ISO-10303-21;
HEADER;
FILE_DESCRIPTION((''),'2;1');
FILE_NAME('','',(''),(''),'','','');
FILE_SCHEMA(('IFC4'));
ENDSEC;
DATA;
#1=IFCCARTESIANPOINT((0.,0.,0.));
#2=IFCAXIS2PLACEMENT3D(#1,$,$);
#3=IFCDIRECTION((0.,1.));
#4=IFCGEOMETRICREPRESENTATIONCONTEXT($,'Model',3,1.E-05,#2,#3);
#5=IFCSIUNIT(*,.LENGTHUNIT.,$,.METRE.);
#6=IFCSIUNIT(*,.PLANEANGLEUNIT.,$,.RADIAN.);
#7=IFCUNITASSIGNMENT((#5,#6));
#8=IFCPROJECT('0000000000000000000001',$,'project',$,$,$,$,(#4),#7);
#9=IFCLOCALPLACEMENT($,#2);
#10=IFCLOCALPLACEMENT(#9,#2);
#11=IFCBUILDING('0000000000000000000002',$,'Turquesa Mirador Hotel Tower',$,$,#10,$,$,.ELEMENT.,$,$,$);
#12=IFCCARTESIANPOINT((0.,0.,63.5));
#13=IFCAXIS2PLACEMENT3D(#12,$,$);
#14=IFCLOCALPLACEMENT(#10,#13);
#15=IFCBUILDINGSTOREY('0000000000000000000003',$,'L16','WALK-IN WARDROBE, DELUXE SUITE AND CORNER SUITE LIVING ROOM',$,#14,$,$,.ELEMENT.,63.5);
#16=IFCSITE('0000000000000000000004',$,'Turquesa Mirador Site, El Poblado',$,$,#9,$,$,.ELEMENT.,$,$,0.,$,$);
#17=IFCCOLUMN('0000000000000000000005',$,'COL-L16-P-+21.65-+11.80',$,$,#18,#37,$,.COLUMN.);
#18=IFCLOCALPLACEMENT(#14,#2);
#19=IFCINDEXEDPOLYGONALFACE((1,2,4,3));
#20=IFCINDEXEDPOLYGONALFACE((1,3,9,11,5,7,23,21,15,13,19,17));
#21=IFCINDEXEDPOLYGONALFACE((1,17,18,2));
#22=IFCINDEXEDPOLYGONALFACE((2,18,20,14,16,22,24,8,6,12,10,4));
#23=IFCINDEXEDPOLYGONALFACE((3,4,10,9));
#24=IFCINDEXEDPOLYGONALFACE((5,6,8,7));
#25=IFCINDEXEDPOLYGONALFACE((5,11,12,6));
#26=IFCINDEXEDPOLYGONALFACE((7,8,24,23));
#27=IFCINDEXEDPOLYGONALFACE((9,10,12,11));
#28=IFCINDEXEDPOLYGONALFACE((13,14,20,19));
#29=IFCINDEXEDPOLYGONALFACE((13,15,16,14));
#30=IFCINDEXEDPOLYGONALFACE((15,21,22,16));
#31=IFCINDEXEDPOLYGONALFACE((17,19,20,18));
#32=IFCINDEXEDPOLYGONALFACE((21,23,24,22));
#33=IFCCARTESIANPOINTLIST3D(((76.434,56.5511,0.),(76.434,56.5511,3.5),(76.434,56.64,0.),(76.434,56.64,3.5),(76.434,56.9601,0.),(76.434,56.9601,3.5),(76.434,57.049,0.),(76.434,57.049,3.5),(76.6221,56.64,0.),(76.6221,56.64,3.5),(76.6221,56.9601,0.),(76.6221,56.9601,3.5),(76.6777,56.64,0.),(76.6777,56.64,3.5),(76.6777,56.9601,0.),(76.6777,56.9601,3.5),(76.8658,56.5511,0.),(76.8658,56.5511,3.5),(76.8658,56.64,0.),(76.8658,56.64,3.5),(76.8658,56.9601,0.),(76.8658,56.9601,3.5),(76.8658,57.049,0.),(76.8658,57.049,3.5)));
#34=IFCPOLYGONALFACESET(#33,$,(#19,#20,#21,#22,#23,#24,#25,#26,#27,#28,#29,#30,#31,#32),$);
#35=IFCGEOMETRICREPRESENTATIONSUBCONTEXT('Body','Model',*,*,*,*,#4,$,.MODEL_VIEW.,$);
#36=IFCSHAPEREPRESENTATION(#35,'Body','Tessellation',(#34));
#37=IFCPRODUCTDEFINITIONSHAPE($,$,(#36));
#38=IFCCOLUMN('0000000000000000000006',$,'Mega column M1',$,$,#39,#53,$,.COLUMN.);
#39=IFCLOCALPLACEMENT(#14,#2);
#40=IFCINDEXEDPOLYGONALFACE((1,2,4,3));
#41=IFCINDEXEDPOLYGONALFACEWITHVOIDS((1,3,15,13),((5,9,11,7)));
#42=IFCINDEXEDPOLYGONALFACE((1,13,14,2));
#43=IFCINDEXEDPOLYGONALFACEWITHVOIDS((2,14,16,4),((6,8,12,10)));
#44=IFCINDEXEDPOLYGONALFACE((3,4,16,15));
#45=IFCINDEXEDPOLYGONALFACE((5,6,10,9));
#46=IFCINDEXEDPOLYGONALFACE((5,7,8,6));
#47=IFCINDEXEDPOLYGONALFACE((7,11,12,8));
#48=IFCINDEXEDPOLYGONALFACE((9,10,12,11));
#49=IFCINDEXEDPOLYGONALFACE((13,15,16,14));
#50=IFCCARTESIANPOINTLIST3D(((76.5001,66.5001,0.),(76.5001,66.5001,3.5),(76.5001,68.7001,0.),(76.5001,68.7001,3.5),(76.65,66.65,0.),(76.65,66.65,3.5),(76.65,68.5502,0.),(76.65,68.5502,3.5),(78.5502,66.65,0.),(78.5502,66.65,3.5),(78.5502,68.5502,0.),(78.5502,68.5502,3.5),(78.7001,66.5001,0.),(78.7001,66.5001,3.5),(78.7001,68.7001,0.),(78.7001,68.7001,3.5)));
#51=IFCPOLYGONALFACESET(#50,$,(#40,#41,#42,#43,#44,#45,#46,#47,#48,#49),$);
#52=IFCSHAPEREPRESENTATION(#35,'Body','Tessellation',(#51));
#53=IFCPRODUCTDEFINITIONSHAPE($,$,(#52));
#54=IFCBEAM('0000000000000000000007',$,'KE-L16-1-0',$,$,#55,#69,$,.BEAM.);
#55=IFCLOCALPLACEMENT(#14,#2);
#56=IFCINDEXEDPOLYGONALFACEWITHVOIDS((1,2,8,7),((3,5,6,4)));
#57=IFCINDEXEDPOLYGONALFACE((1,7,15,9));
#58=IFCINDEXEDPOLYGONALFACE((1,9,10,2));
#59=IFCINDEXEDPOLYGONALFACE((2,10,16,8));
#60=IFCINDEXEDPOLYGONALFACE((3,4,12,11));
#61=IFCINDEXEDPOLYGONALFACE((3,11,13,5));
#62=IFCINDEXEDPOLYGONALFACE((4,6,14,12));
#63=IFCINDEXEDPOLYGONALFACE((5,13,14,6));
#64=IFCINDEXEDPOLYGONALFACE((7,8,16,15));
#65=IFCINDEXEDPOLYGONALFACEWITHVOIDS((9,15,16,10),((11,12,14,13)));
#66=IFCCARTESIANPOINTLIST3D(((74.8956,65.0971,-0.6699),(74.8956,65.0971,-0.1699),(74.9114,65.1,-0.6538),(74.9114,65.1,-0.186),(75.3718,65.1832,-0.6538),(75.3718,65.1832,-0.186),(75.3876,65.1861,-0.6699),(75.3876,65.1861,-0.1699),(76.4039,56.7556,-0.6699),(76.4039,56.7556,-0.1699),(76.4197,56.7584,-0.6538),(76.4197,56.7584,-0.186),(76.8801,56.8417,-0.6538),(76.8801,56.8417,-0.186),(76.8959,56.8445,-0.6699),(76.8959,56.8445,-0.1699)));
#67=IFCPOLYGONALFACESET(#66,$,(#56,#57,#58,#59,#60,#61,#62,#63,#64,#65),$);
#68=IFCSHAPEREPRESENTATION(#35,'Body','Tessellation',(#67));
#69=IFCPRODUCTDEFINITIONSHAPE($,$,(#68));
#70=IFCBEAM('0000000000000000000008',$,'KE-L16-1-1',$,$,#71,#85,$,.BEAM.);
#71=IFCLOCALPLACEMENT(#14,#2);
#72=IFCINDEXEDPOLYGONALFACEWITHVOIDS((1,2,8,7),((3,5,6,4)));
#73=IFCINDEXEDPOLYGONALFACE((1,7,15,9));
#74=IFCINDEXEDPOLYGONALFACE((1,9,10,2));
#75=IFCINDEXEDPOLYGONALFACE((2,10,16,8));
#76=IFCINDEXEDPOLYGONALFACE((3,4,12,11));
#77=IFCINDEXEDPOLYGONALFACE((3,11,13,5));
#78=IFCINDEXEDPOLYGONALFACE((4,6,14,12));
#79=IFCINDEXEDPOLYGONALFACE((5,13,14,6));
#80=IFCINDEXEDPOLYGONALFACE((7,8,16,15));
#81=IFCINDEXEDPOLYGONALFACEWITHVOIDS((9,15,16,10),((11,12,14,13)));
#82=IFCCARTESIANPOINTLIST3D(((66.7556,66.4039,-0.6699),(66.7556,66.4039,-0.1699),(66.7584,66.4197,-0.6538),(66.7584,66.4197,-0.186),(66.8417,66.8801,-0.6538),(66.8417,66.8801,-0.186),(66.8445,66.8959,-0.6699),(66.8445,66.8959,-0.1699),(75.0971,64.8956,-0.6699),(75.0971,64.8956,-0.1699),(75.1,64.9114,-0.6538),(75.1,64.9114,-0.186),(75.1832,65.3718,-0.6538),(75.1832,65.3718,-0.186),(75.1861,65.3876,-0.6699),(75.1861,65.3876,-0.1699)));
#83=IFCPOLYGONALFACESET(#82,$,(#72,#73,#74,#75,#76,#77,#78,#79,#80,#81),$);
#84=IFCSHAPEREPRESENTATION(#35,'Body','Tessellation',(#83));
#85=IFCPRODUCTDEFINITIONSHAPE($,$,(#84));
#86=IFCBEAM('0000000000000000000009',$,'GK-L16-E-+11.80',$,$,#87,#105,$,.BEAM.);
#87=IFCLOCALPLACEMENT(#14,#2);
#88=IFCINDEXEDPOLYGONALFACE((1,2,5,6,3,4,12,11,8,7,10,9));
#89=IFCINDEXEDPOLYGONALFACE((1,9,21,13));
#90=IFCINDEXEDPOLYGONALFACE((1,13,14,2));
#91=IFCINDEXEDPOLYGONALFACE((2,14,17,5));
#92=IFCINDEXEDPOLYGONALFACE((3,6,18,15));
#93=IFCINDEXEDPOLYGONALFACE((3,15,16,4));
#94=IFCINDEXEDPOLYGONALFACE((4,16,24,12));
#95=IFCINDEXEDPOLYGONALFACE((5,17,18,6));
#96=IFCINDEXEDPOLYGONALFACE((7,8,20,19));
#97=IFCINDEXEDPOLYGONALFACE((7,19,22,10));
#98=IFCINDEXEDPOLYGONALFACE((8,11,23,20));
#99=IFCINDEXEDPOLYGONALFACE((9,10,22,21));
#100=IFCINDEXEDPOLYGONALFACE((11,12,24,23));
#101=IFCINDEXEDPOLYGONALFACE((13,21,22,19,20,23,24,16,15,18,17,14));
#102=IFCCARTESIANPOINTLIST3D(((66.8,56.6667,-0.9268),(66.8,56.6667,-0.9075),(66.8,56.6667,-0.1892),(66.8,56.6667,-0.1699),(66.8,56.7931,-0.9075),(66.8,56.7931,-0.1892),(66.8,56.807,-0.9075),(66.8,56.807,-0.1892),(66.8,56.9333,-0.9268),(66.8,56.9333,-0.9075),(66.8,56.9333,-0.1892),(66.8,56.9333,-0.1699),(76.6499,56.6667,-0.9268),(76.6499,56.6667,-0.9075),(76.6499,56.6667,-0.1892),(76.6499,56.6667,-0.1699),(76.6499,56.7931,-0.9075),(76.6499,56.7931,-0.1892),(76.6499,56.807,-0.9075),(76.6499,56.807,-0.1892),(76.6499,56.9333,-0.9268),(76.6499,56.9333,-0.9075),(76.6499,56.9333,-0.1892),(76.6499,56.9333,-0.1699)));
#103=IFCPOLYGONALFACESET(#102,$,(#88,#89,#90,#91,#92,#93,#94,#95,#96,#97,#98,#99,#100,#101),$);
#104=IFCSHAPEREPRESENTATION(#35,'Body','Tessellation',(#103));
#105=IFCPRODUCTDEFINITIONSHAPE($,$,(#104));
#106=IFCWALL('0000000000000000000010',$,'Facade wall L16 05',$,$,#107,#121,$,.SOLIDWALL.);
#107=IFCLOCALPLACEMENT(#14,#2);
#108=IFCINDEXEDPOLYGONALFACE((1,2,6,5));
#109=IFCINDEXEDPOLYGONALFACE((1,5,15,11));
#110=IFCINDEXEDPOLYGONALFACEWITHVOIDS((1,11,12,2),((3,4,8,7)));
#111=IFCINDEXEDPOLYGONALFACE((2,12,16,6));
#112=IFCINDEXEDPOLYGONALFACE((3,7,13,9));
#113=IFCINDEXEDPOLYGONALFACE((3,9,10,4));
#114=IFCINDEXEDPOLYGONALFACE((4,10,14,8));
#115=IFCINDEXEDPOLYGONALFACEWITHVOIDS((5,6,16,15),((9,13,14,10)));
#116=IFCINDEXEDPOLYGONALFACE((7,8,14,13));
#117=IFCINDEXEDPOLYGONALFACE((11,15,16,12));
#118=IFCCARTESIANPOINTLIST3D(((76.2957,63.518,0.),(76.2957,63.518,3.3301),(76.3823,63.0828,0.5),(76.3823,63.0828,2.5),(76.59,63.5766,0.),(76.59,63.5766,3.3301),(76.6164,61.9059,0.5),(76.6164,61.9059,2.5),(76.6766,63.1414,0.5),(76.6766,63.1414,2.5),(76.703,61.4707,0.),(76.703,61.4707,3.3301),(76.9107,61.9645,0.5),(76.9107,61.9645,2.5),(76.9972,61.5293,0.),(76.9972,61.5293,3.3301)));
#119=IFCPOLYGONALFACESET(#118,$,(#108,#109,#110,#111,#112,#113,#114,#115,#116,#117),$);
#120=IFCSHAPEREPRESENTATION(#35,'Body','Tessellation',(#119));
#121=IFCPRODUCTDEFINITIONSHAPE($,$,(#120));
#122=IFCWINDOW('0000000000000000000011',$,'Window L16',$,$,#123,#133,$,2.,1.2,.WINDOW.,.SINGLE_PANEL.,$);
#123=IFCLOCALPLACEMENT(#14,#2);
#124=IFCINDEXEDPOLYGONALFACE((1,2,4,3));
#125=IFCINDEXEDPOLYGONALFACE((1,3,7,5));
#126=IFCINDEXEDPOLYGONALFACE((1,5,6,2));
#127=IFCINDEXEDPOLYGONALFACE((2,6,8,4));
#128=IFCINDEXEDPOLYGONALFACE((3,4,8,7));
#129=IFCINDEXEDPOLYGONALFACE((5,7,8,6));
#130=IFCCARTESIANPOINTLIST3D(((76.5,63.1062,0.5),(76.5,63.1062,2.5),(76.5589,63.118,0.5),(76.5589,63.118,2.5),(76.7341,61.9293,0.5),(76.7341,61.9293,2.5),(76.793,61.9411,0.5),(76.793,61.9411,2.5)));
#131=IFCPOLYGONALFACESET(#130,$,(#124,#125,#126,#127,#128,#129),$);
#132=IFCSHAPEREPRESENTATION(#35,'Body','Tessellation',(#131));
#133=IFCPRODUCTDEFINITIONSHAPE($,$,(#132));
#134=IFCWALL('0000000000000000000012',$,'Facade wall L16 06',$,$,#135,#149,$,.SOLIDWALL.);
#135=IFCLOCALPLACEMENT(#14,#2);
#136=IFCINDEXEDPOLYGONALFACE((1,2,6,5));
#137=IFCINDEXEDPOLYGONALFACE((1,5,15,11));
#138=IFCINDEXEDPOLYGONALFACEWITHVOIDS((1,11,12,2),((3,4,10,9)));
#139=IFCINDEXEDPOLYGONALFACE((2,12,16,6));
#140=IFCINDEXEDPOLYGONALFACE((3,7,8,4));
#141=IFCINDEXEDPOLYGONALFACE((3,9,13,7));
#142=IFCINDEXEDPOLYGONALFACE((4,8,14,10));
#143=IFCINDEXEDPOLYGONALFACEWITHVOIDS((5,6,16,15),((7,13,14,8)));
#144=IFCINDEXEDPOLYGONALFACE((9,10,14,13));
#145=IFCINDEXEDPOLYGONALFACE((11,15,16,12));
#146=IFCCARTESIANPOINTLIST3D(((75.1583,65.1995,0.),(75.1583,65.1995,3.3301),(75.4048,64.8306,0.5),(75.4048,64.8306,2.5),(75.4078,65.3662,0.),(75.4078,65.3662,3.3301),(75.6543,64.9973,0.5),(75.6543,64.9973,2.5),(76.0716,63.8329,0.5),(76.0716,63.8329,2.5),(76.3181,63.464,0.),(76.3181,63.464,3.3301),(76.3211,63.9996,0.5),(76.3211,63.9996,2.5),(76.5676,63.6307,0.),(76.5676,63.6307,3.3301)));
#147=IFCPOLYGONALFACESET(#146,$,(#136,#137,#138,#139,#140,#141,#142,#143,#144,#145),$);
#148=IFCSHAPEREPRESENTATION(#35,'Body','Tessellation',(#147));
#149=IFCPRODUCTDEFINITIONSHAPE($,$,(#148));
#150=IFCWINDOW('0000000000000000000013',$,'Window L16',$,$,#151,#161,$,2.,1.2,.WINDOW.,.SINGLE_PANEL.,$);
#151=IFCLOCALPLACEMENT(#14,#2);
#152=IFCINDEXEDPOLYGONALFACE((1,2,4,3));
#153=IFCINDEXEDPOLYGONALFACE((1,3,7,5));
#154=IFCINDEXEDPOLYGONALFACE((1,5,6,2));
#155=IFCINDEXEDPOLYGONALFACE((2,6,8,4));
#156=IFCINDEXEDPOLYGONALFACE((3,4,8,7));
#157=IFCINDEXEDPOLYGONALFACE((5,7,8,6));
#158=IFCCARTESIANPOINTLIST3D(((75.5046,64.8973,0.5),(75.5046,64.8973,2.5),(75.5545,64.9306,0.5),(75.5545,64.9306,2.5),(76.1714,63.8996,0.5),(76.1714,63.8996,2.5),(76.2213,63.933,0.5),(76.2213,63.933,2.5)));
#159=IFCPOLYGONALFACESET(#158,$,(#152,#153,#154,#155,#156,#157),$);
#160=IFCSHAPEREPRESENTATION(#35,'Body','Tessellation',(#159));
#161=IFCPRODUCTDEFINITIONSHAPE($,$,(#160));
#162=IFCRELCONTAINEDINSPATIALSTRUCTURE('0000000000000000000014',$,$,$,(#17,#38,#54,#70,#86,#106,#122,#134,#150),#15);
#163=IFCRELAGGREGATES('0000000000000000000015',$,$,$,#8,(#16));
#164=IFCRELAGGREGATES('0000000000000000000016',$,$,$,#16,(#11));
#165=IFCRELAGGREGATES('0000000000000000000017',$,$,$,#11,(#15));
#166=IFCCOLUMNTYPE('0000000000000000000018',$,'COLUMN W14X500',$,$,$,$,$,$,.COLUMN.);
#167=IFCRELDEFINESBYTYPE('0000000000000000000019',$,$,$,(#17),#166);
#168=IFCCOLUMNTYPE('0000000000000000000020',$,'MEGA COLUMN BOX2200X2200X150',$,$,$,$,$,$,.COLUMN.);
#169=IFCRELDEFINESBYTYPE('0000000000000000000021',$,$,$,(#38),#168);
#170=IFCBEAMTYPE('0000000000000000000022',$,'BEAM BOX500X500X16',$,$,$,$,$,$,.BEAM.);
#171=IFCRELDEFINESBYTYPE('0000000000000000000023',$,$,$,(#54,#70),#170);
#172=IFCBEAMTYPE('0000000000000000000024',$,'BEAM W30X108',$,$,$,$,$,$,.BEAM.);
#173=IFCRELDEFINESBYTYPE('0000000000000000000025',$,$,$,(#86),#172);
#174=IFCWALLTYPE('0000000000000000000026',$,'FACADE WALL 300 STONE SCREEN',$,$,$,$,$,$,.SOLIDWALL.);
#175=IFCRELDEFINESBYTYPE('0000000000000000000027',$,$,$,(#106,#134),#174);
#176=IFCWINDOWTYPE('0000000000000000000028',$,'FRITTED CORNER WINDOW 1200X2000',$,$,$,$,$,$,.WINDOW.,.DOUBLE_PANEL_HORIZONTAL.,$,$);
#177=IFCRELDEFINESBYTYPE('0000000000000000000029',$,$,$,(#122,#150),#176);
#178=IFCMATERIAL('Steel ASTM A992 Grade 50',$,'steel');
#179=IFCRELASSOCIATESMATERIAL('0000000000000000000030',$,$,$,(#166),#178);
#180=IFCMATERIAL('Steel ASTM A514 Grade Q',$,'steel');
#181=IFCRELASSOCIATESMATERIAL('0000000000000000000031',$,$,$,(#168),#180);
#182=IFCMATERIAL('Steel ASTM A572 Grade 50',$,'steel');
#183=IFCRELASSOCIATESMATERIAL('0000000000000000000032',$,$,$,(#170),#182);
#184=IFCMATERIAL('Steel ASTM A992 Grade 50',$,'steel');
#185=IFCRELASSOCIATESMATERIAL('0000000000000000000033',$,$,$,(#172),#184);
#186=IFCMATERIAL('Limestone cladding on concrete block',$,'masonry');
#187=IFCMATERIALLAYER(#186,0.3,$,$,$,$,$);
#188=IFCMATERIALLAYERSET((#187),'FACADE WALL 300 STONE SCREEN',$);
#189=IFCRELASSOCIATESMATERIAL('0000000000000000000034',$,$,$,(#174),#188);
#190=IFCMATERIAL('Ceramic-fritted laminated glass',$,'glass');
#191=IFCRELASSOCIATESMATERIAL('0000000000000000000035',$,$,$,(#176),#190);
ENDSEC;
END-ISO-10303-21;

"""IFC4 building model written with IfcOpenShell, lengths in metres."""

from ifc_helpers import new_model, si_unit, direction, frame, frame_2d, origin, origin_2d, place, context, subcontext, project, spatial, rectangle, hollow_rectangle, i_section, extrude, material, layer, layer_set, material_profile, profile_set, type_object, element, fill, save


model = new_model("IFC4")

# Units and contexts
model_context = context("Model", 3, precision=1e-05, world=origin(), true_north=direction((0.0, 1.0)))
body_context = subcontext(model_context, "Body", "Model", "MODEL_VIEW")
ifc_project = project(units=[si_unit("LENGTHUNIT", "METRE"), si_unit("PLANEANGLEUNIT", "RADIAN")], contexts=[model_context])

# Site, building, storey
site_placement = place(None, origin())
site = spatial("IfcSite", under=ifc_project, at=site_placement, Name="Turquesa Mirador Site, El Poblado", CompositionType="ELEMENT", RefElevation=0.0)
building_placement = place(site_placement, origin())
building = spatial("IfcBuilding", under=site, at=building_placement, Name="Turquesa Mirador Hotel Tower", CompositionType="ELEMENT")
storey_placement = place(building_placement, frame((0.0, 0.0, 63.5)))
storey = spatial("IfcBuildingStorey", under=building, at=storey_placement, Name="L16", Description="WALK-IN WARDROBE, DELUXE SUITE AND CORNER SUITE LIVING ROOM", CompositionType="ELEMENT", Elevation=63.5)

# Columns
ifc_material_1 = material(Name="Steel ASTM A992 Grade 50", Category="steel")
ifc_material_profile_1 = material_profile(ifc_material_1, i_section(OverallWidth=0.4319, OverallDepth=0.4978, WebThickness=0.0557, FlangeThickness=0.0889, at=origin_2d()), Name="W14X500")
ifc_profile_set_1 = profile_set([ifc_material_profile_1], Name="Steel ASTM A992 Grade 50")
column_type_1 = type_object("IfcColumnType", Name="COLUMN W14X500", PredefinedType="COLUMN", material=ifc_profile_set_1)
column_1_placement = place(storey_placement, frame((76.6499, 56.8, 0.0), z_axis=(0.0, 0.0, 1.0), x_axis=(1.0, 0.0, 0.0)))
element("IfcColumn", 1, at=column_1_placement, inside=storey, type_object=column_type_1, Name="COL-L16-P-+21.65-+11.80", PredefinedType="COLUMN", context=body_context, shape_type="SweptSolid", body=[
    extrude(i_section(OverallWidth=0.4319, OverallDepth=0.4978, WebThickness=0.0557, FlangeThickness=0.0889, at=origin_2d()), origin(), (0.0, 0.0, 1.0), 3.5),
])
ifc_material_2 = material(Name="Steel ASTM A514 Grade Q", Category="steel")
ifc_material_profile_2 = material_profile(ifc_material_2, hollow_rectangle(XDim=2.2, YDim=2.2, WallThickness=0.1499, at=origin_2d()), Name="BOX2200X2200X150")
ifc_profile_set_2 = profile_set([ifc_material_profile_2], Name="Steel ASTM A514 Grade Q")
column_type_2 = type_object("IfcColumnType", Name="MEGA COLUMN BOX2200X2200X150", PredefinedType="COLUMN", material=ifc_profile_set_2)
column_2_placement = place(storey_placement, frame((77.6001, 67.6001, 0.0), z_axis=(0.0, 0.0, 1.0), x_axis=(1.0, 0.0, 0.0)))
element("IfcColumn", 2, at=column_2_placement, inside=storey, type_object=column_type_2, Name="Mega column M1", PredefinedType="COLUMN", context=body_context, shape_type="SweptSolid", body=[
    extrude(hollow_rectangle(XDim=2.2, YDim=2.2, WallThickness=0.1499, at=origin_2d()), origin(), (0.0, 0.0, 1.0), 3.5),
])

# Beams
ifc_material_3 = material(Name="Steel ASTM A572 Grade 50", Category="steel")
ifc_material_profile_3 = material_profile(ifc_material_3, hollow_rectangle(XDim=0.5, YDim=0.5, WallThickness=0.0161, at=origin_2d()), Name="BOX500X500X16")
ifc_profile_set_3 = profile_set([ifc_material_profile_3], Name="Steel ASTM A572 Grade 50")
beam_type_1 = type_object("IfcBeamType", Name="BEAM BOX500X500X16", PredefinedType="BEAM", material=ifc_profile_set_3)
for number, where, z_axis, x_axis, name in (
    (3, (76.6499, 56.8, -0.4199), (-0.177932, 0.984043, 0.0), (-0.984043, -0.177932, 0.0), "KE-L16-1-0"),
    (4, (75.1416, 65.1416, -0.4199), (-0.984043, 0.177932, 0.0), (-0.177932, -0.984043, 0.0), "KE-L16-1-1"),
):
    element("IfcBeam", number, at=place(storey_placement, frame(where, z_axis=z_axis, x_axis=x_axis)), inside=storey, type_object=beam_type_1, Name=name, PredefinedType="BEAM", context=body_context, shape_type="SweptSolid", body=[
        extrude(hollow_rectangle(XDim=0.5, YDim=0.5, WallThickness=0.0161, at=origin_2d()), origin(), (0.0, 0.0, 1.0), 8.4768),
    ])
ifc_material_4 = material(Name="Steel ASTM A992 Grade 50", Category="steel")
ifc_material_profile_4 = material_profile(ifc_material_4, i_section(OverallWidth=0.2666, OverallDepth=0.7568, WebThickness=0.0139, FlangeThickness=0.0193, at=origin_2d()), Name="W30X108")
ifc_profile_set_4 = profile_set([ifc_material_profile_4], Name="Steel ASTM A992 Grade 50")
beam_type_2 = type_object("IfcBeamType", Name="BEAM W30X108", PredefinedType="BEAM", material=ifc_profile_set_4)
beam_placement = place(storey_placement, frame((76.6499, 56.8, -0.5483), z_axis=(-1.0, 0.0, 0.0), x_axis=(0.0, -1.0, 0.0)))
element("IfcBeam", 5, at=beam_placement, inside=storey, type_object=beam_type_2, Name="GK-L16-E-+11.80", PredefinedType="BEAM", context=body_context, shape_type="SweptSolid", body=[
    extrude(i_section(OverallWidth=0.2666, OverallDepth=0.7568, WebThickness=0.0139, FlangeThickness=0.0193, at=origin_2d()), origin(), (0.0, 0.0, 1.0), 9.8499),
])

# Walls, openings, windows
ifc_material_5 = material(Name="Limestone cladding on concrete block", Category="masonry")
ifc_layer = layer(ifc_material_5, 0.3)
ifc_layer_set = layer_set([ifc_layer], Name="FACADE WALL 300 STONE SCREEN")
wall_type = type_object("IfcWallType", Name="FACADE WALL 300 STONE SCREEN", PredefinedType="SOLIDWALL", material=ifc_layer_set)
wall_1_placement = place(storey_placement, frame((76.8501, 61.5, 0.0), z_axis=(0.0, 0.0, 1.0), x_axis=(-0.195081, 0.980787, 0.0)))
wall_1 = element("IfcWall", 6, at=wall_1_placement, inside=storey, type_object=wall_type, Name="Facade wall L16 05", PredefinedType="SOLIDWALL", context=body_context, shape_type="SweptSolid", body=[
    extrude(rectangle(XDim=2.0874, YDim=0.3, at=frame_2d((1.0437, 0.0))), origin(), (0.0, 0.0, 1.0), 3.3301),
])
opening_1_placement = place(wall_1_placement, frame((0.4436, 0.0, 0.5)))
opening_1 = element("IfcOpeningElement", 7, at=opening_1_placement, cuts=wall_1, PredefinedType="OPENING", context=body_context, shape_type="SweptSolid", body=[
    extrude(rectangle(XDim=1.2, YDim=2.0, at=frame_2d((0.6001, 1.0))), frame((0.0, 0.1599, 0.0), z_axis=(0.0, -1.0, 0.0), x_axis=(1.0, 0.0, 0.0)), (0.0, 0.0, 1.0), 0.3201),
])
ifc_material_6 = material(Name="Ceramic-fritted laminated glass", Category="glass")
window_type = type_object("IfcWindowType", Name="FRITTED CORNER WINDOW 1200X2000", PartitioningType="DOUBLE_PANEL_HORIZONTAL", PredefinedType="WINDOW", material=ifc_material_6)
window_1_placement = place(opening_1_placement, origin())
window_1 = element("IfcWindow", 8, at=window_1_placement, inside=storey, type_object=window_type, Name="Window L16", OverallHeight=2.0, OverallWidth=1.2, PartitioningType="SINGLE_PANEL", PredefinedType="WINDOW", context=body_context, shape_type="SweptSolid", body=[
    extrude(rectangle(XDim=1.2, YDim=2.0, at=frame_2d((0.6001, 1.0))), frame((0.0, 0.03, 0.0), z_axis=(0.0, -1.0, 0.0), x_axis=(1.0, 0.0, 0.0)), (0.0, 0.0, 1.0), 0.0601),
])
fill(opening_1, window_1)
wall_2_placement = place(storey_placement, frame((76.4429, 63.5474, 0.0), z_axis=(0.0, 0.0, 1.0), x_axis=(-0.555644, 0.83142, 0.0)))
wall_2 = element("IfcWall", 9, at=wall_2_placement, inside=storey, type_object=wall_type, Name="Facade wall L16 06", PredefinedType="SOLIDWALL", context=body_context, shape_type="SweptSolid", body=[
    extrude(rectangle(XDim=2.0874, YDim=0.3, at=frame_2d((1.0437, 0.0))), origin(), (0.0, 0.0, 1.0), 3.3301),
])
opening_2_placement = place(wall_2_placement, frame((0.4436, 0.0, 0.5)))
opening_2 = element("IfcOpeningElement", 10, at=opening_2_placement, cuts=wall_2, PredefinedType="OPENING", context=body_context, shape_type="SweptSolid", body=[
    extrude(rectangle(XDim=1.2, YDim=2.0, at=frame_2d((0.6001, 1.0))), frame((0.0, 0.1599, 0.0), z_axis=(0.0, -1.0, 0.0), x_axis=(1.0, 0.0, 0.0)), (0.0, 0.0, 1.0), 0.3201),
])
window_2_placement = place(opening_2_placement, origin())
window_2 = element("IfcWindow", 11, at=window_2_placement, inside=storey, type_object=window_type, Name="Window L16", OverallHeight=2.0, OverallWidth=1.2, PartitioningType="SINGLE_PANEL", PredefinedType="WINDOW", context=body_context, shape_type="SweptSolid", body=[
    extrude(rectangle(XDim=1.2, YDim=2.0, at=frame_2d((0.6001, 1.0))), frame((0.0, 0.03, 0.0), z_axis=(0.0, -1.0, 0.0), x_axis=(1.0, 0.0, 0.0)), (0.0, 0.0, 1.0), 0.0601),
])
fill(opening_2, window_2)

save(model, "model.ifc")
